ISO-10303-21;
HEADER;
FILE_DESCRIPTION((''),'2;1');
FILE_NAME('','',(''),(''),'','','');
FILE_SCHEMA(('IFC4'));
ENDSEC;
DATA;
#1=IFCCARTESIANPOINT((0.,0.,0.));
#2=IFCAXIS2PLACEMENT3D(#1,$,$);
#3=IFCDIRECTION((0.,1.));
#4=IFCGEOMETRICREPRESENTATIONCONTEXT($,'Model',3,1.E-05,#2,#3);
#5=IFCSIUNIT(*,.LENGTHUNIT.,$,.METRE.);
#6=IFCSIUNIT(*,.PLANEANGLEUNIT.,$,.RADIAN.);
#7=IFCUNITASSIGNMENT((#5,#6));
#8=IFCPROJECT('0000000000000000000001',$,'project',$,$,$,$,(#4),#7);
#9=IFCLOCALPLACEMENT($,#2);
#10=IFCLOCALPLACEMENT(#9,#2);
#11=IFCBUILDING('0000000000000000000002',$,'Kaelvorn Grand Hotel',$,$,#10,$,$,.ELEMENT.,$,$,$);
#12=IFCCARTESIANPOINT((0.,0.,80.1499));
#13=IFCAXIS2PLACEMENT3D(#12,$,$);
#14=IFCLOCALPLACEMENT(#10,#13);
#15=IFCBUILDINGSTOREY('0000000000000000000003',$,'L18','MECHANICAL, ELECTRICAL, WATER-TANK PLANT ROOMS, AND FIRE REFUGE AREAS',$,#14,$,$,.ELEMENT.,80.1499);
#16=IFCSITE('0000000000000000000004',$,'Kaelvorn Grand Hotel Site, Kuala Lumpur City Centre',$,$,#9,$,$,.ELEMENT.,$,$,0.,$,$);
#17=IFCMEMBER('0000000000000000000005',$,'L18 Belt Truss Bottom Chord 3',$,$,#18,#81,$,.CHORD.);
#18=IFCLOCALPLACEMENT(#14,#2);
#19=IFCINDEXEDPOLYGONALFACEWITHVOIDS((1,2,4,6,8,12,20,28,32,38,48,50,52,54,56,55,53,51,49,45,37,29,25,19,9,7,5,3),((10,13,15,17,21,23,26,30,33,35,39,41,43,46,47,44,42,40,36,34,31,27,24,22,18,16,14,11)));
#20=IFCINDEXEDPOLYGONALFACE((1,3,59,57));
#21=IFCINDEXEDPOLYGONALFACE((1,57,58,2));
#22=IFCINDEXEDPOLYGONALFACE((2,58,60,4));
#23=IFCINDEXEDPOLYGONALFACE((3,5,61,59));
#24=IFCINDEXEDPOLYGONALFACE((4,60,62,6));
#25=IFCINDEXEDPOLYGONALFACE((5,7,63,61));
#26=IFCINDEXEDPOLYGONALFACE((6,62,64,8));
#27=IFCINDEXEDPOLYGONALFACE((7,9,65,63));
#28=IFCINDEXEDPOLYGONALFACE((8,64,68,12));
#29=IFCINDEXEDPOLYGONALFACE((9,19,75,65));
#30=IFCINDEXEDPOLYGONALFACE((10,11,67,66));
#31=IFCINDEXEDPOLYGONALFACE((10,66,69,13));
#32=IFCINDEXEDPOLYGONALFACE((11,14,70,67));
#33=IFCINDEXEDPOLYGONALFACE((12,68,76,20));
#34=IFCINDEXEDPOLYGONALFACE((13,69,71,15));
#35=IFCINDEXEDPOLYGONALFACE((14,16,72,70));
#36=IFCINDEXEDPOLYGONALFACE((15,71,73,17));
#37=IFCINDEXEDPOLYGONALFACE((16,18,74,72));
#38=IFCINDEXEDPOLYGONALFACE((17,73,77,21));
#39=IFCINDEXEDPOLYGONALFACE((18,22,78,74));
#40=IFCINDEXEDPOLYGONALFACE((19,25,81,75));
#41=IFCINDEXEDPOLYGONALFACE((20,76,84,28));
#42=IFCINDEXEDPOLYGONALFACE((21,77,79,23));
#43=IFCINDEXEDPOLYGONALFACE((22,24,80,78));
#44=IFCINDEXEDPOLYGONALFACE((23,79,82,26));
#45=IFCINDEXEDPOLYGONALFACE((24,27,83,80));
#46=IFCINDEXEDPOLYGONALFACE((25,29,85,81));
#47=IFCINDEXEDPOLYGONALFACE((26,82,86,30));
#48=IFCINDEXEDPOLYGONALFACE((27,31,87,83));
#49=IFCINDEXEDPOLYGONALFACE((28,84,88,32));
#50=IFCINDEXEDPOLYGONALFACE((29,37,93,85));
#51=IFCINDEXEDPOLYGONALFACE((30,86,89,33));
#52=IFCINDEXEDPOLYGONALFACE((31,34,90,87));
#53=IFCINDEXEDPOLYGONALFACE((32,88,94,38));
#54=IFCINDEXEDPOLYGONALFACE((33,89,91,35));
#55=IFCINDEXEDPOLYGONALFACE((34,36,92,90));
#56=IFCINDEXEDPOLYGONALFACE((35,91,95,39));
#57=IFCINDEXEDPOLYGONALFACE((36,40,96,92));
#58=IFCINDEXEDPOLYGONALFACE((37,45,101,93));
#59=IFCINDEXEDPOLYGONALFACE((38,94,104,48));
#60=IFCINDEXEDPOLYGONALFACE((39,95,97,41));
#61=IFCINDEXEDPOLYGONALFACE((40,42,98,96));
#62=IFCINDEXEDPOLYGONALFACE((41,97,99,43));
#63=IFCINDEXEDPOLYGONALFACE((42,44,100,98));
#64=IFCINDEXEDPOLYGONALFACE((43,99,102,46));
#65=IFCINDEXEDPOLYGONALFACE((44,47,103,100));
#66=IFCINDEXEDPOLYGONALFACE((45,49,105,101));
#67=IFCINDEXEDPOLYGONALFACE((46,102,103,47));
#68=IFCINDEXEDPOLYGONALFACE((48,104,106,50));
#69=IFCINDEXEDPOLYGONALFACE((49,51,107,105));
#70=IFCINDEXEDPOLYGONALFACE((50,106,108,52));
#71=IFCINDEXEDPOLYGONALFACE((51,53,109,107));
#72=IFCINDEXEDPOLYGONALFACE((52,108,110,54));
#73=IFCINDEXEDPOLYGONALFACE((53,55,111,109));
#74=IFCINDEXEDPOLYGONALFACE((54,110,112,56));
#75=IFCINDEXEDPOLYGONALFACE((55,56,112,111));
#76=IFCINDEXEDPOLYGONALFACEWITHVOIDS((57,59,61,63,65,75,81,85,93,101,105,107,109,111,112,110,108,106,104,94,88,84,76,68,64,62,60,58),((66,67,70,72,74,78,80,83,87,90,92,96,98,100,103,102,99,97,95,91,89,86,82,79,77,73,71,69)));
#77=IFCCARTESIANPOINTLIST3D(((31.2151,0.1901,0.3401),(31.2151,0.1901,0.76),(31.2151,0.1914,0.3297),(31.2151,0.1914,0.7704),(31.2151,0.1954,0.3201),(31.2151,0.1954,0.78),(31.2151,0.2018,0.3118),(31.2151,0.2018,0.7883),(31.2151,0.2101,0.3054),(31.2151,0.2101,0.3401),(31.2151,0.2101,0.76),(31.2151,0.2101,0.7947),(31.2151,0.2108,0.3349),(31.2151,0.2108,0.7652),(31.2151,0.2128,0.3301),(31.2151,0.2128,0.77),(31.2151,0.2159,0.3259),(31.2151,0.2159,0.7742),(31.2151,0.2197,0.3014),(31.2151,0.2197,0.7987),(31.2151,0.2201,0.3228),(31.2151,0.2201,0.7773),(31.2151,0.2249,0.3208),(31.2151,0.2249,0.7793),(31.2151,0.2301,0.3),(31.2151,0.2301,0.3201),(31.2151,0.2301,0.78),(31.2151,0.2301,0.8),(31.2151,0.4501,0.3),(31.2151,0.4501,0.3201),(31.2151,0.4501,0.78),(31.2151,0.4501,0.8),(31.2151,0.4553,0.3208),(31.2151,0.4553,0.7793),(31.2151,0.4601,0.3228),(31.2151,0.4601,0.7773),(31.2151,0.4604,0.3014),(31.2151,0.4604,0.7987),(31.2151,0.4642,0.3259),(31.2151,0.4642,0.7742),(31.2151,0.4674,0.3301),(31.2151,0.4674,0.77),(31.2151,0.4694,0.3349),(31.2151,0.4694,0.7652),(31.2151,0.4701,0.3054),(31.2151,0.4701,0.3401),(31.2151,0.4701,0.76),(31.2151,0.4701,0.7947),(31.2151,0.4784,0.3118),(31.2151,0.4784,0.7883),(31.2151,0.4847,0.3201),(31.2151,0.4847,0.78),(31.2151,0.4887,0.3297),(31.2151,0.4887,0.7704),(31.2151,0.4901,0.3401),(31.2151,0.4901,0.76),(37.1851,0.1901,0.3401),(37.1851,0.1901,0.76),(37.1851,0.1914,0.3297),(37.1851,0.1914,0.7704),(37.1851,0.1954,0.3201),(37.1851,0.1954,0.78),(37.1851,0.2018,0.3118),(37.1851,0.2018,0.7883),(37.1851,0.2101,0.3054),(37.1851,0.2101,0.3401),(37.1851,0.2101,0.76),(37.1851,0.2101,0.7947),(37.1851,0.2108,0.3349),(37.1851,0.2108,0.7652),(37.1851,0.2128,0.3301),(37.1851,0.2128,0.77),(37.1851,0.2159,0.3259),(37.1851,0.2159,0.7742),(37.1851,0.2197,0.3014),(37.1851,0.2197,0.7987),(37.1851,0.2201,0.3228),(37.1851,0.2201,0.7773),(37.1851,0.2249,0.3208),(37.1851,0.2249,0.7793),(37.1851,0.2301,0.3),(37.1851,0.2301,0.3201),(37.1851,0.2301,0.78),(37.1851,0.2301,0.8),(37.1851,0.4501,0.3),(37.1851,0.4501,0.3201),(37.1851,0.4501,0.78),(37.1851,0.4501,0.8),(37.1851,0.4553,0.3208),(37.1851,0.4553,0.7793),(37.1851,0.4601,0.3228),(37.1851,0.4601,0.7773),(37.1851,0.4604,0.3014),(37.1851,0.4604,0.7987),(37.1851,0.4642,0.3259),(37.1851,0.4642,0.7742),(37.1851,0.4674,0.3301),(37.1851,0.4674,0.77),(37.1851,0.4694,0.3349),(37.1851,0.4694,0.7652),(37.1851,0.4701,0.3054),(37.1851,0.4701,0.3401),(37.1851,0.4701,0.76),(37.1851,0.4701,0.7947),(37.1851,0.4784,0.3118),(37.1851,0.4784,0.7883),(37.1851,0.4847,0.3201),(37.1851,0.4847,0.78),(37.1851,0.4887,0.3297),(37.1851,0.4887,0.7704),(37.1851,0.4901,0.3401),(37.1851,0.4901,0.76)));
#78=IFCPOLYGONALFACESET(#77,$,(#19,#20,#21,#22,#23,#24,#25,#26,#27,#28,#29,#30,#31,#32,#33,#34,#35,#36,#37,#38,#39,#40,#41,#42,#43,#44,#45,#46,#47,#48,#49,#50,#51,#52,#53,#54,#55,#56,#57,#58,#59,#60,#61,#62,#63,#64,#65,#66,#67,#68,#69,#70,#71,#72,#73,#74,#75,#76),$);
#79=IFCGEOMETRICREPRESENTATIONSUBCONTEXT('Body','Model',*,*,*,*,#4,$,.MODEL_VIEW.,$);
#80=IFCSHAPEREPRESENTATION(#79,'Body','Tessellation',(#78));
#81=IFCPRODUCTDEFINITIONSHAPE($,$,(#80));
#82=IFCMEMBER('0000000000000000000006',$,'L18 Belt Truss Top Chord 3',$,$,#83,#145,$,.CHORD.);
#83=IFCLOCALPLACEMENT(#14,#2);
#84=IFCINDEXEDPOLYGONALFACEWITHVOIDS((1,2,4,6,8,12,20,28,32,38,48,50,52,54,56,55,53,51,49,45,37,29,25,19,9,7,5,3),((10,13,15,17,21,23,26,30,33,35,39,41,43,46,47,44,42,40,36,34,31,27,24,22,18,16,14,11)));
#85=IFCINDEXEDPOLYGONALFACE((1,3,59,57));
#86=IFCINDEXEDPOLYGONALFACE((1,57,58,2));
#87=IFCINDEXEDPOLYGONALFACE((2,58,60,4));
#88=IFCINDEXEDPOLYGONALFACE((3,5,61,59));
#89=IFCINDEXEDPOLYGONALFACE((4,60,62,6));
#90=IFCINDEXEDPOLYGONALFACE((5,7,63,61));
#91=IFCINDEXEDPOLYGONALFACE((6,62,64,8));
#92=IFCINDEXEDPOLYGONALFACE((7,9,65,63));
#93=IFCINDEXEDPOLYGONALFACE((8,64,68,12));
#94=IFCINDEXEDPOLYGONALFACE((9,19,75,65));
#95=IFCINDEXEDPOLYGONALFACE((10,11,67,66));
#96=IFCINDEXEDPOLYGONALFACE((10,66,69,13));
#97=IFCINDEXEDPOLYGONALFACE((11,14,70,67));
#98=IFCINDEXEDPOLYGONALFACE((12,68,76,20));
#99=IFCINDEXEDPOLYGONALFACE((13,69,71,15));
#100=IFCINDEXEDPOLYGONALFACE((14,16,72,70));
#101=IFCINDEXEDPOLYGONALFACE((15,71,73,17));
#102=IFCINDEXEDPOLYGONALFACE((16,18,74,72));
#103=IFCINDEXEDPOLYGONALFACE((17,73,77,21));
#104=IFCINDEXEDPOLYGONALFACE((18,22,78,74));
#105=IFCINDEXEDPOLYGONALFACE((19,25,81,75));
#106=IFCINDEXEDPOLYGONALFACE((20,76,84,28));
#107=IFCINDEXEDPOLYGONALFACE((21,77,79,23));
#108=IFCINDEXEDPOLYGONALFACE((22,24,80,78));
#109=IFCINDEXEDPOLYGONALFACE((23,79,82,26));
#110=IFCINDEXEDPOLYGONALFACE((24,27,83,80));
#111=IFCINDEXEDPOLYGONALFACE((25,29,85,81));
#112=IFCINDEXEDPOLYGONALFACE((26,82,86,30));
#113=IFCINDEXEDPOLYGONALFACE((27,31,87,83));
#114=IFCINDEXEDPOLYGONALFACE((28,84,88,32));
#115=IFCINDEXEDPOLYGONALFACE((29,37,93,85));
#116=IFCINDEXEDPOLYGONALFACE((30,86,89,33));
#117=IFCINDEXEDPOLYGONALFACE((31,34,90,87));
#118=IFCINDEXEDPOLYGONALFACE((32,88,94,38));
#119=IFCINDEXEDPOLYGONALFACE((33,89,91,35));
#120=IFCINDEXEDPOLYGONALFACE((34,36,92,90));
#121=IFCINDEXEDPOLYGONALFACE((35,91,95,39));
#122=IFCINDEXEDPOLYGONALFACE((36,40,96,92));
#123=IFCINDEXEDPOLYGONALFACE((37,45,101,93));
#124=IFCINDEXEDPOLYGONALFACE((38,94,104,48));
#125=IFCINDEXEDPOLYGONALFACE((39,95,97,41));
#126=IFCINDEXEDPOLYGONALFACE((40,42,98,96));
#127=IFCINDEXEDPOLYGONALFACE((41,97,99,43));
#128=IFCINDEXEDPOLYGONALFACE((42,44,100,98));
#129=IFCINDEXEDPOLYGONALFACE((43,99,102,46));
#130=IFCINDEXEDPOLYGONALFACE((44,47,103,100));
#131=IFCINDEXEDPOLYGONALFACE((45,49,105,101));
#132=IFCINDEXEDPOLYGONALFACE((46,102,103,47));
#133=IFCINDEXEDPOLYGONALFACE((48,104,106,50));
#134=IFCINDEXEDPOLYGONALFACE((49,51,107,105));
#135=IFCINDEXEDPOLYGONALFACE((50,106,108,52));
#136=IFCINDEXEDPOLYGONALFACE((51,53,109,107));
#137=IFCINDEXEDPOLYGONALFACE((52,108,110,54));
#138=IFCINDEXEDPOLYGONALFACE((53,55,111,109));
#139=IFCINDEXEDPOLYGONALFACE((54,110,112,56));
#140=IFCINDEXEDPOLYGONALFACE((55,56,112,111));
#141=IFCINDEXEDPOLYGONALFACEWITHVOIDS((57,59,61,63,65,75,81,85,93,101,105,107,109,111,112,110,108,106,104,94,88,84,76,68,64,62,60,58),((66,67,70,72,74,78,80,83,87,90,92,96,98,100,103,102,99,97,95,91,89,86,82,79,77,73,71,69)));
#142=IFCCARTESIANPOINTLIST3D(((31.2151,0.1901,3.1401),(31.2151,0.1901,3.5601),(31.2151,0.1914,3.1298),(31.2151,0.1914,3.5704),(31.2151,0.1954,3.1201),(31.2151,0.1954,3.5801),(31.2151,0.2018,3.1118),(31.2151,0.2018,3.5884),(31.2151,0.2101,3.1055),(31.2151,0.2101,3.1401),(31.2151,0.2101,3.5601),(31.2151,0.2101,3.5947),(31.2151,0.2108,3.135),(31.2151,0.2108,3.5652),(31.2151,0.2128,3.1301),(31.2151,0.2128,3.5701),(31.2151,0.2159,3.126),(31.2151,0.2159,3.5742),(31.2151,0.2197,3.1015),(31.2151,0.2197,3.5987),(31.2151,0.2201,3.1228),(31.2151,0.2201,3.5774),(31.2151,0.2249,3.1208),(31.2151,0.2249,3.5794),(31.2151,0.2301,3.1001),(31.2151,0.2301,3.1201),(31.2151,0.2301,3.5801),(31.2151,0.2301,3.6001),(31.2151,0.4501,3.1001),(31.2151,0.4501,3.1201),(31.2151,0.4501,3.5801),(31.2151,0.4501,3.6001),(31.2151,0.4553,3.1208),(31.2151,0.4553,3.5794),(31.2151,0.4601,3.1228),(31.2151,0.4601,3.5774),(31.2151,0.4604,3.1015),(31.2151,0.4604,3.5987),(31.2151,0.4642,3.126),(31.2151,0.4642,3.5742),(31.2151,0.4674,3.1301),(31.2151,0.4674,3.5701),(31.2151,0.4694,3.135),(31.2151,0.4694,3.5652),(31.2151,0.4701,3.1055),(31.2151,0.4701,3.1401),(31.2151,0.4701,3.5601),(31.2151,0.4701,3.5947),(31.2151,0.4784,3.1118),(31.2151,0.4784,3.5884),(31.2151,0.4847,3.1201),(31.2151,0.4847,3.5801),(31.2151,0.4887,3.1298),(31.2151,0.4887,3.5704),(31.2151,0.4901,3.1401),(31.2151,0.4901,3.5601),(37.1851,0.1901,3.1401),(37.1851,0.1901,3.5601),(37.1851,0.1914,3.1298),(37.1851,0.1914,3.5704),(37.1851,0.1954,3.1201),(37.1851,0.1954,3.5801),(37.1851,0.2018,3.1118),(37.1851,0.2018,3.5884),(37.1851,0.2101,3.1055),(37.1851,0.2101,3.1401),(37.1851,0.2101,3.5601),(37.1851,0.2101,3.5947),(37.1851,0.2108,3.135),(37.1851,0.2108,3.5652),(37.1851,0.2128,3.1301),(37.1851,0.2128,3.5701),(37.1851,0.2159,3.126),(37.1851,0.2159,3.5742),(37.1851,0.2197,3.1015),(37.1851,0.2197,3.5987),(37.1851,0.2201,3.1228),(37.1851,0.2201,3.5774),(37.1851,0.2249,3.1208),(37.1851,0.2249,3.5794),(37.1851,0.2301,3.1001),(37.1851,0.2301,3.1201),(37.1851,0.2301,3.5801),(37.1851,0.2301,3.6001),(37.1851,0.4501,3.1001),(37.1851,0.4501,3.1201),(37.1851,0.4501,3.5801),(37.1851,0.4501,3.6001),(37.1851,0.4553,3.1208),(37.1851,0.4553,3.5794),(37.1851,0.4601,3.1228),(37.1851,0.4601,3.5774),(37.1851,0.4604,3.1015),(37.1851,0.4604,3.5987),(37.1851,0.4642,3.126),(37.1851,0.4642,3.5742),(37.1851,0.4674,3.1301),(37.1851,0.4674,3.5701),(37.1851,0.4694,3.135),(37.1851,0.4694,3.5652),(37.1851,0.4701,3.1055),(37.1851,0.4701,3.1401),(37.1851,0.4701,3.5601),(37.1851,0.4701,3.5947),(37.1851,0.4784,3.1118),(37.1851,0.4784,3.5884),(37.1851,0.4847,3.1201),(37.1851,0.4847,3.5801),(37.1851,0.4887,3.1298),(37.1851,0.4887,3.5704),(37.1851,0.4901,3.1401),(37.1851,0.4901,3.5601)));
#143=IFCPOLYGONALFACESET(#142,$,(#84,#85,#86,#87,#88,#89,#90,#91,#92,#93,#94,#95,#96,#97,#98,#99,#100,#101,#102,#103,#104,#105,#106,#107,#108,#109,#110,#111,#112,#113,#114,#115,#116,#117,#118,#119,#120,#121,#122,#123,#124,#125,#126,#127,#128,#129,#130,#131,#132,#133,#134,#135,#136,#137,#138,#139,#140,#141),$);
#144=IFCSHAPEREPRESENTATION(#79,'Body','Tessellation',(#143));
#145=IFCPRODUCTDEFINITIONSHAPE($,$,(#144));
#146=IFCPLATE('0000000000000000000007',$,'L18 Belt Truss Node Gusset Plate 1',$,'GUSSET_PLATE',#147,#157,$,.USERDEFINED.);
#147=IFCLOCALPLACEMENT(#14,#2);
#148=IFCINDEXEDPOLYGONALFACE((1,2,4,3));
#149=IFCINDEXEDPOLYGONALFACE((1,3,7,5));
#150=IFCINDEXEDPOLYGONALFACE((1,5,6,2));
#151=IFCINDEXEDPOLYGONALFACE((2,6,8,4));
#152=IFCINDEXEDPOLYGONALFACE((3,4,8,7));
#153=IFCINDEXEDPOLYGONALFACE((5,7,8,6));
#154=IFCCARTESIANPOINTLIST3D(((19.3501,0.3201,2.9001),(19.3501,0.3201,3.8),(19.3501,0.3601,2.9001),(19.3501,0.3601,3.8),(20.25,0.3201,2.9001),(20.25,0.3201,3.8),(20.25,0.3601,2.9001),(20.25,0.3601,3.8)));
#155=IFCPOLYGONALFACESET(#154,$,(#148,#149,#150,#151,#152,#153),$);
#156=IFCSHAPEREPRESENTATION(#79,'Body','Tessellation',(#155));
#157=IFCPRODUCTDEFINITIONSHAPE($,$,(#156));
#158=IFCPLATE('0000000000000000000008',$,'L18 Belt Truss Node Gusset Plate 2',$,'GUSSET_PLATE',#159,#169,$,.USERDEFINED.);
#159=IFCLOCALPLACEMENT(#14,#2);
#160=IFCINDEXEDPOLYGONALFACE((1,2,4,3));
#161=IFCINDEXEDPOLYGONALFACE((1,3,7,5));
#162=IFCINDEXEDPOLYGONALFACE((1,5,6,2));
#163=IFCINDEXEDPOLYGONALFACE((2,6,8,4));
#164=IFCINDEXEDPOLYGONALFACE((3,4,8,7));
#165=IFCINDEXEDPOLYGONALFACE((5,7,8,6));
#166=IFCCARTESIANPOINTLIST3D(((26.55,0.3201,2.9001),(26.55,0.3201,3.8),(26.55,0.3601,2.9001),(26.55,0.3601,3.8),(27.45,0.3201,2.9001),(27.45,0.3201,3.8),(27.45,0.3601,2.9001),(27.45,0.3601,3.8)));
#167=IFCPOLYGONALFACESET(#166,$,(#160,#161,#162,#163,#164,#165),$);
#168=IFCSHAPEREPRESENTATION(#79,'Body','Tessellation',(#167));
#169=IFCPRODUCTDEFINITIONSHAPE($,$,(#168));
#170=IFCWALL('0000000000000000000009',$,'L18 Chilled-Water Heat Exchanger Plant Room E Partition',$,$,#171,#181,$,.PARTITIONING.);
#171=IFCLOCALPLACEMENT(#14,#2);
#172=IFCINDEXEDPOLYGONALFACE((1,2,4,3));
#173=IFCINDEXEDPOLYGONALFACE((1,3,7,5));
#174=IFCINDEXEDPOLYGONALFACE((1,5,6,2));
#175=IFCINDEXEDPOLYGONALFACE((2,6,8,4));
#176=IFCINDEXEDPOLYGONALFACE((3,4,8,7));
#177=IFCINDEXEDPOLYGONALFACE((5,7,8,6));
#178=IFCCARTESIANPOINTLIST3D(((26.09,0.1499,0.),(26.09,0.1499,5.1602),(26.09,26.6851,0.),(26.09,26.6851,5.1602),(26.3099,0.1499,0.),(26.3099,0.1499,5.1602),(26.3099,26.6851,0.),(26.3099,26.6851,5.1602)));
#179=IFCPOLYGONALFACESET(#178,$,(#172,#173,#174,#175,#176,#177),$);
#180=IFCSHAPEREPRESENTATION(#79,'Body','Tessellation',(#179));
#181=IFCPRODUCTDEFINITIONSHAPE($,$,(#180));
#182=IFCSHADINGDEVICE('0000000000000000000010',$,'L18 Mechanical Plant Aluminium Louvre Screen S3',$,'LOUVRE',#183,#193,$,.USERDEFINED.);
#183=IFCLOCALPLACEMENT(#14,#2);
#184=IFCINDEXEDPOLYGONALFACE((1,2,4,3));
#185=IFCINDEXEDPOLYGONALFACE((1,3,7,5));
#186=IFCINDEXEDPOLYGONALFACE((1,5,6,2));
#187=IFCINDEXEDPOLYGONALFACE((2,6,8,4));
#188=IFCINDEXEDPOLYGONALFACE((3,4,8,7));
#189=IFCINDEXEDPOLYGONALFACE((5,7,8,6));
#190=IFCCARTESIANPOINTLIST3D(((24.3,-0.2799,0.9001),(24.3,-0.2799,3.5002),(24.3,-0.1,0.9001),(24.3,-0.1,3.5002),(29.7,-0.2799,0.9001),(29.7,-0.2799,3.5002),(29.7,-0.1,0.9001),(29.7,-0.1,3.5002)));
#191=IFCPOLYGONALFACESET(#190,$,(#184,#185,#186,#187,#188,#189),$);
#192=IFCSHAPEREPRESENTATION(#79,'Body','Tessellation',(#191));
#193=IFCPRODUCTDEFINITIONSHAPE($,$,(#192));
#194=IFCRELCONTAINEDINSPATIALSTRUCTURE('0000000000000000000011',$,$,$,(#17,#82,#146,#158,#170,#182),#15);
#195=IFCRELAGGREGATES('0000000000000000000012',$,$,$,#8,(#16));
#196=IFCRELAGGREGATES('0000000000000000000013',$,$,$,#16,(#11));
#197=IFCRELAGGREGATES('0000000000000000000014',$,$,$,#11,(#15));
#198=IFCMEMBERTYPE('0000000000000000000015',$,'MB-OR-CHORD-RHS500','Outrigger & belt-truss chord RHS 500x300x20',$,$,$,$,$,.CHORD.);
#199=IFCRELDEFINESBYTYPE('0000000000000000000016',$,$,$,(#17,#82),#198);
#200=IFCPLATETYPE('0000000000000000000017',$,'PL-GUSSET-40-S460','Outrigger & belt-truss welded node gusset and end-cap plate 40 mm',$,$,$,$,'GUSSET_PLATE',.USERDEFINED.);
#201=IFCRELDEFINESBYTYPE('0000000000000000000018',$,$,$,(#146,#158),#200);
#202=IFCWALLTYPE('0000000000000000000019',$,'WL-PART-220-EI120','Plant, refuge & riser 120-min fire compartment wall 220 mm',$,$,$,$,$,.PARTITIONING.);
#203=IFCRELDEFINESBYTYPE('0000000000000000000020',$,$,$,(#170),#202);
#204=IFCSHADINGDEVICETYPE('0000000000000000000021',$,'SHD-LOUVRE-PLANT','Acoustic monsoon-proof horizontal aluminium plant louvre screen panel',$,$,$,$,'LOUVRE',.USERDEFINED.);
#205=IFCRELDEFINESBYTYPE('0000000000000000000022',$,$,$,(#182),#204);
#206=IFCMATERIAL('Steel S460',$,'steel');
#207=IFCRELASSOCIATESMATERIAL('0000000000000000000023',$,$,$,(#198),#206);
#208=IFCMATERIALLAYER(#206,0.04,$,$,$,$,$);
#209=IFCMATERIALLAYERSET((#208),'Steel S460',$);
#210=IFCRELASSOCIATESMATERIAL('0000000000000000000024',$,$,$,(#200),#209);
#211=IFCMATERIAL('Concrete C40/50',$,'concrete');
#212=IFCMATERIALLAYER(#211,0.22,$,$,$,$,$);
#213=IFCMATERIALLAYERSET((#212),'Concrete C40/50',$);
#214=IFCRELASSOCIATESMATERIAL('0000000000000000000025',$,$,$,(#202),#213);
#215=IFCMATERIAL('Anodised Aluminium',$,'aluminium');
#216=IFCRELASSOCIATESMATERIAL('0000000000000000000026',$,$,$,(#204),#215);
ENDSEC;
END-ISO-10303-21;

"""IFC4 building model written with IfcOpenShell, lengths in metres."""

from ifc_helpers import new_model, si_unit, direction, frame, frame_2d, origin, origin_2d, place, context, subcontext, project, spatial, rectangle, hollow_rectangle, extrude, material, layer, layer_set, material_profile, profile_set, type_object, element, save


model = new_model("IFC4")

# Units and contexts
model_context = context("Model", 3, precision=1e-05, world=origin(), true_north=direction((0.0, 1.0)))
body_context = subcontext(model_context, "Body", "Model", "MODEL_VIEW")
ifc_project = project(units=[si_unit("LENGTHUNIT", "METRE"), si_unit("PLANEANGLEUNIT", "RADIAN")], contexts=[model_context])

# Site, building, storey
site_placement = place(None, origin())
site = spatial("IfcSite", under=ifc_project, at=site_placement, Name="Kaelvorn Grand Hotel Site, Kuala Lumpur City Centre", CompositionType="ELEMENT", RefElevation=0.0)
building_placement = place(site_placement, origin())
building = spatial("IfcBuilding", under=site, at=building_placement, Name="Kaelvorn Grand Hotel", CompositionType="ELEMENT")
storey_placement = place(building_placement, frame((0.0, 0.0, 80.1499)))
storey = spatial("IfcBuildingStorey", under=building, at=storey_placement, Name="L18", Description="MECHANICAL, ELECTRICAL, WATER-TANK PLANT ROOMS, AND FIRE REFUGE AREAS", CompositionType="ELEMENT", Elevation=80.1499)

# Members
ifc_material_1 = material(Name="Steel S460", Category="steel")
ifc_material_profile_1 = material_profile(ifc_material_1, hollow_rectangle(XDim=0.3, YDim=0.5, WallThickness=0.02, InnerFilletRadius=0.02, OuterFilletRadius=0.04, at=origin_2d()), Name="RHS 500x300x20.0")
ifc_profile_set_1 = profile_set([ifc_material_profile_1], Name="Steel S460")
member_type_1 = type_object("IfcMemberType", Name="MB-OR-CHORD-RHS500", Description="Outrigger & belt-truss chord RHS 500x300x20", PredefinedType="CHORD", material=ifc_profile_set_1)
for number, where, z_axis, x_axis, name in (
    (1, (31.2151, 0.3401, 0.55), (1.0, 0.0, 0.0), (0.0, 1.0, 0.0), "L18 Belt Truss Bottom Chord 3"),
    (2, (31.2151, 0.3401, 3.3501), (1.0, 0.0, 0.0), (0.0, 1.0, 0.0), "L18 Belt Truss Top Chord 3"),
):
    element("IfcMember", number, at=place(storey_placement, frame(where, z_axis=z_axis, x_axis=x_axis)), inside=storey, type_object=member_type_1, Name=name, PredefinedType="CHORD", context=body_context, shape_type="SweptSolid", body=[
        extrude(hollow_rectangle(XDim=0.3, YDim=0.5, WallThickness=0.02, InnerFilletRadius=0.02, OuterFilletRadius=0.04, at=origin_2d()), origin(), (0.0, 0.0, 1.0), 5.97),
    ])

# Plates
ifc_layer_1 = layer(ifc_material_1, 0.04)
ifc_layer_set_1 = layer_set([ifc_layer_1], Name="Steel S460")
plate_type = type_object("IfcPlateType", Name="PL-GUSSET-40-S460", Description="Outrigger & belt-truss welded node gusset and end-cap plate 40 mm", ElementType="GUSSET_PLATE", PredefinedType="USERDEFINED", material=ifc_layer_set_1)
for number, where, z_axis, x_axis, name in (
    (3, (19.8, 0.3401, 2.9001), (0.0, 0.0, 1.0), (1.0, 0.0, 0.0), "L18 Belt Truss Node Gusset Plate 1"),
    (4, (27.0, 0.3401, 2.9001), (0.0, 0.0, 1.0), (1.0, 0.0, 0.0), "L18 Belt Truss Node Gusset Plate 2"),
):
    element("IfcPlate", number, at=place(storey_placement, frame(where, z_axis=z_axis, x_axis=x_axis)), inside=storey, type_object=plate_type, Name=name, ObjectType="GUSSET_PLATE", PredefinedType="USERDEFINED", context=body_context, shape_type="SweptSolid", body=[
        extrude(rectangle(XDim=0.8999, YDim=0.04, at=origin_2d()), origin(), (0.0, 0.0, 1.0), 0.8999),
    ])

# Wall
ifc_material_2 = material(Name="Concrete C40/50", Category="concrete")
ifc_layer_2 = layer(ifc_material_2, 0.22)
ifc_layer_set_2 = layer_set([ifc_layer_2], Name="Concrete C40/50")
wall_type = type_object("IfcWallType", Name="WL-PART-220-EI120", Description="Plant, refuge & riser 120-min fire compartment wall 220 mm", PredefinedType="PARTITIONING", material=ifc_layer_set_2)
wall_placement = place(storey_placement, frame((26.2, 0.1499, 0.0), z_axis=(0.0, 0.0, 1.0), x_axis=(0.0, 1.0, 0.0)))
element("IfcWall", 5, at=wall_placement, inside=storey, type_object=wall_type, Name="L18 Chilled-Water Heat Exchanger Plant Room E Partition", PredefinedType="PARTITIONING", context=body_context, shape_type="SweptSolid", body=[
    extrude(rectangle(XDim=26.5352, YDim=0.22, at=frame_2d((13.2676, 0.0))), origin(), (0.0, 0.0, 1.0), 5.1602),
])

# Shading device
ifc_material_3 = material(Name="Anodised Aluminium", Category="aluminium")
shading_device_type = type_object("IfcShadingDeviceType", Name="SHD-LOUVRE-PLANT", Description="Acoustic monsoon-proof horizontal aluminium plant louvre screen panel", ElementType="LOUVRE", PredefinedType="USERDEFINED", material=ifc_material_3)
shading_device_placement = place(storey_placement, frame((27.0, -0.1899, 0.9001), z_axis=(0.0, 0.0, 1.0), x_axis=(1.0, 0.0, 0.0)))
element("IfcShadingDevice", 6, at=shading_device_placement, inside=storey, type_object=shading_device_type, Name="L18 Mechanical Plant Aluminium Louvre Screen S3", ObjectType="LOUVRE", PredefinedType="USERDEFINED", context=body_context, shape_type="SweptSolid", body=[
    extrude(rectangle(XDim=5.3999, YDim=0.1799, at=origin_2d()), origin(), (0.0, 0.0, 1.0), 2.6001),
])

save(model, "model.ifc")
